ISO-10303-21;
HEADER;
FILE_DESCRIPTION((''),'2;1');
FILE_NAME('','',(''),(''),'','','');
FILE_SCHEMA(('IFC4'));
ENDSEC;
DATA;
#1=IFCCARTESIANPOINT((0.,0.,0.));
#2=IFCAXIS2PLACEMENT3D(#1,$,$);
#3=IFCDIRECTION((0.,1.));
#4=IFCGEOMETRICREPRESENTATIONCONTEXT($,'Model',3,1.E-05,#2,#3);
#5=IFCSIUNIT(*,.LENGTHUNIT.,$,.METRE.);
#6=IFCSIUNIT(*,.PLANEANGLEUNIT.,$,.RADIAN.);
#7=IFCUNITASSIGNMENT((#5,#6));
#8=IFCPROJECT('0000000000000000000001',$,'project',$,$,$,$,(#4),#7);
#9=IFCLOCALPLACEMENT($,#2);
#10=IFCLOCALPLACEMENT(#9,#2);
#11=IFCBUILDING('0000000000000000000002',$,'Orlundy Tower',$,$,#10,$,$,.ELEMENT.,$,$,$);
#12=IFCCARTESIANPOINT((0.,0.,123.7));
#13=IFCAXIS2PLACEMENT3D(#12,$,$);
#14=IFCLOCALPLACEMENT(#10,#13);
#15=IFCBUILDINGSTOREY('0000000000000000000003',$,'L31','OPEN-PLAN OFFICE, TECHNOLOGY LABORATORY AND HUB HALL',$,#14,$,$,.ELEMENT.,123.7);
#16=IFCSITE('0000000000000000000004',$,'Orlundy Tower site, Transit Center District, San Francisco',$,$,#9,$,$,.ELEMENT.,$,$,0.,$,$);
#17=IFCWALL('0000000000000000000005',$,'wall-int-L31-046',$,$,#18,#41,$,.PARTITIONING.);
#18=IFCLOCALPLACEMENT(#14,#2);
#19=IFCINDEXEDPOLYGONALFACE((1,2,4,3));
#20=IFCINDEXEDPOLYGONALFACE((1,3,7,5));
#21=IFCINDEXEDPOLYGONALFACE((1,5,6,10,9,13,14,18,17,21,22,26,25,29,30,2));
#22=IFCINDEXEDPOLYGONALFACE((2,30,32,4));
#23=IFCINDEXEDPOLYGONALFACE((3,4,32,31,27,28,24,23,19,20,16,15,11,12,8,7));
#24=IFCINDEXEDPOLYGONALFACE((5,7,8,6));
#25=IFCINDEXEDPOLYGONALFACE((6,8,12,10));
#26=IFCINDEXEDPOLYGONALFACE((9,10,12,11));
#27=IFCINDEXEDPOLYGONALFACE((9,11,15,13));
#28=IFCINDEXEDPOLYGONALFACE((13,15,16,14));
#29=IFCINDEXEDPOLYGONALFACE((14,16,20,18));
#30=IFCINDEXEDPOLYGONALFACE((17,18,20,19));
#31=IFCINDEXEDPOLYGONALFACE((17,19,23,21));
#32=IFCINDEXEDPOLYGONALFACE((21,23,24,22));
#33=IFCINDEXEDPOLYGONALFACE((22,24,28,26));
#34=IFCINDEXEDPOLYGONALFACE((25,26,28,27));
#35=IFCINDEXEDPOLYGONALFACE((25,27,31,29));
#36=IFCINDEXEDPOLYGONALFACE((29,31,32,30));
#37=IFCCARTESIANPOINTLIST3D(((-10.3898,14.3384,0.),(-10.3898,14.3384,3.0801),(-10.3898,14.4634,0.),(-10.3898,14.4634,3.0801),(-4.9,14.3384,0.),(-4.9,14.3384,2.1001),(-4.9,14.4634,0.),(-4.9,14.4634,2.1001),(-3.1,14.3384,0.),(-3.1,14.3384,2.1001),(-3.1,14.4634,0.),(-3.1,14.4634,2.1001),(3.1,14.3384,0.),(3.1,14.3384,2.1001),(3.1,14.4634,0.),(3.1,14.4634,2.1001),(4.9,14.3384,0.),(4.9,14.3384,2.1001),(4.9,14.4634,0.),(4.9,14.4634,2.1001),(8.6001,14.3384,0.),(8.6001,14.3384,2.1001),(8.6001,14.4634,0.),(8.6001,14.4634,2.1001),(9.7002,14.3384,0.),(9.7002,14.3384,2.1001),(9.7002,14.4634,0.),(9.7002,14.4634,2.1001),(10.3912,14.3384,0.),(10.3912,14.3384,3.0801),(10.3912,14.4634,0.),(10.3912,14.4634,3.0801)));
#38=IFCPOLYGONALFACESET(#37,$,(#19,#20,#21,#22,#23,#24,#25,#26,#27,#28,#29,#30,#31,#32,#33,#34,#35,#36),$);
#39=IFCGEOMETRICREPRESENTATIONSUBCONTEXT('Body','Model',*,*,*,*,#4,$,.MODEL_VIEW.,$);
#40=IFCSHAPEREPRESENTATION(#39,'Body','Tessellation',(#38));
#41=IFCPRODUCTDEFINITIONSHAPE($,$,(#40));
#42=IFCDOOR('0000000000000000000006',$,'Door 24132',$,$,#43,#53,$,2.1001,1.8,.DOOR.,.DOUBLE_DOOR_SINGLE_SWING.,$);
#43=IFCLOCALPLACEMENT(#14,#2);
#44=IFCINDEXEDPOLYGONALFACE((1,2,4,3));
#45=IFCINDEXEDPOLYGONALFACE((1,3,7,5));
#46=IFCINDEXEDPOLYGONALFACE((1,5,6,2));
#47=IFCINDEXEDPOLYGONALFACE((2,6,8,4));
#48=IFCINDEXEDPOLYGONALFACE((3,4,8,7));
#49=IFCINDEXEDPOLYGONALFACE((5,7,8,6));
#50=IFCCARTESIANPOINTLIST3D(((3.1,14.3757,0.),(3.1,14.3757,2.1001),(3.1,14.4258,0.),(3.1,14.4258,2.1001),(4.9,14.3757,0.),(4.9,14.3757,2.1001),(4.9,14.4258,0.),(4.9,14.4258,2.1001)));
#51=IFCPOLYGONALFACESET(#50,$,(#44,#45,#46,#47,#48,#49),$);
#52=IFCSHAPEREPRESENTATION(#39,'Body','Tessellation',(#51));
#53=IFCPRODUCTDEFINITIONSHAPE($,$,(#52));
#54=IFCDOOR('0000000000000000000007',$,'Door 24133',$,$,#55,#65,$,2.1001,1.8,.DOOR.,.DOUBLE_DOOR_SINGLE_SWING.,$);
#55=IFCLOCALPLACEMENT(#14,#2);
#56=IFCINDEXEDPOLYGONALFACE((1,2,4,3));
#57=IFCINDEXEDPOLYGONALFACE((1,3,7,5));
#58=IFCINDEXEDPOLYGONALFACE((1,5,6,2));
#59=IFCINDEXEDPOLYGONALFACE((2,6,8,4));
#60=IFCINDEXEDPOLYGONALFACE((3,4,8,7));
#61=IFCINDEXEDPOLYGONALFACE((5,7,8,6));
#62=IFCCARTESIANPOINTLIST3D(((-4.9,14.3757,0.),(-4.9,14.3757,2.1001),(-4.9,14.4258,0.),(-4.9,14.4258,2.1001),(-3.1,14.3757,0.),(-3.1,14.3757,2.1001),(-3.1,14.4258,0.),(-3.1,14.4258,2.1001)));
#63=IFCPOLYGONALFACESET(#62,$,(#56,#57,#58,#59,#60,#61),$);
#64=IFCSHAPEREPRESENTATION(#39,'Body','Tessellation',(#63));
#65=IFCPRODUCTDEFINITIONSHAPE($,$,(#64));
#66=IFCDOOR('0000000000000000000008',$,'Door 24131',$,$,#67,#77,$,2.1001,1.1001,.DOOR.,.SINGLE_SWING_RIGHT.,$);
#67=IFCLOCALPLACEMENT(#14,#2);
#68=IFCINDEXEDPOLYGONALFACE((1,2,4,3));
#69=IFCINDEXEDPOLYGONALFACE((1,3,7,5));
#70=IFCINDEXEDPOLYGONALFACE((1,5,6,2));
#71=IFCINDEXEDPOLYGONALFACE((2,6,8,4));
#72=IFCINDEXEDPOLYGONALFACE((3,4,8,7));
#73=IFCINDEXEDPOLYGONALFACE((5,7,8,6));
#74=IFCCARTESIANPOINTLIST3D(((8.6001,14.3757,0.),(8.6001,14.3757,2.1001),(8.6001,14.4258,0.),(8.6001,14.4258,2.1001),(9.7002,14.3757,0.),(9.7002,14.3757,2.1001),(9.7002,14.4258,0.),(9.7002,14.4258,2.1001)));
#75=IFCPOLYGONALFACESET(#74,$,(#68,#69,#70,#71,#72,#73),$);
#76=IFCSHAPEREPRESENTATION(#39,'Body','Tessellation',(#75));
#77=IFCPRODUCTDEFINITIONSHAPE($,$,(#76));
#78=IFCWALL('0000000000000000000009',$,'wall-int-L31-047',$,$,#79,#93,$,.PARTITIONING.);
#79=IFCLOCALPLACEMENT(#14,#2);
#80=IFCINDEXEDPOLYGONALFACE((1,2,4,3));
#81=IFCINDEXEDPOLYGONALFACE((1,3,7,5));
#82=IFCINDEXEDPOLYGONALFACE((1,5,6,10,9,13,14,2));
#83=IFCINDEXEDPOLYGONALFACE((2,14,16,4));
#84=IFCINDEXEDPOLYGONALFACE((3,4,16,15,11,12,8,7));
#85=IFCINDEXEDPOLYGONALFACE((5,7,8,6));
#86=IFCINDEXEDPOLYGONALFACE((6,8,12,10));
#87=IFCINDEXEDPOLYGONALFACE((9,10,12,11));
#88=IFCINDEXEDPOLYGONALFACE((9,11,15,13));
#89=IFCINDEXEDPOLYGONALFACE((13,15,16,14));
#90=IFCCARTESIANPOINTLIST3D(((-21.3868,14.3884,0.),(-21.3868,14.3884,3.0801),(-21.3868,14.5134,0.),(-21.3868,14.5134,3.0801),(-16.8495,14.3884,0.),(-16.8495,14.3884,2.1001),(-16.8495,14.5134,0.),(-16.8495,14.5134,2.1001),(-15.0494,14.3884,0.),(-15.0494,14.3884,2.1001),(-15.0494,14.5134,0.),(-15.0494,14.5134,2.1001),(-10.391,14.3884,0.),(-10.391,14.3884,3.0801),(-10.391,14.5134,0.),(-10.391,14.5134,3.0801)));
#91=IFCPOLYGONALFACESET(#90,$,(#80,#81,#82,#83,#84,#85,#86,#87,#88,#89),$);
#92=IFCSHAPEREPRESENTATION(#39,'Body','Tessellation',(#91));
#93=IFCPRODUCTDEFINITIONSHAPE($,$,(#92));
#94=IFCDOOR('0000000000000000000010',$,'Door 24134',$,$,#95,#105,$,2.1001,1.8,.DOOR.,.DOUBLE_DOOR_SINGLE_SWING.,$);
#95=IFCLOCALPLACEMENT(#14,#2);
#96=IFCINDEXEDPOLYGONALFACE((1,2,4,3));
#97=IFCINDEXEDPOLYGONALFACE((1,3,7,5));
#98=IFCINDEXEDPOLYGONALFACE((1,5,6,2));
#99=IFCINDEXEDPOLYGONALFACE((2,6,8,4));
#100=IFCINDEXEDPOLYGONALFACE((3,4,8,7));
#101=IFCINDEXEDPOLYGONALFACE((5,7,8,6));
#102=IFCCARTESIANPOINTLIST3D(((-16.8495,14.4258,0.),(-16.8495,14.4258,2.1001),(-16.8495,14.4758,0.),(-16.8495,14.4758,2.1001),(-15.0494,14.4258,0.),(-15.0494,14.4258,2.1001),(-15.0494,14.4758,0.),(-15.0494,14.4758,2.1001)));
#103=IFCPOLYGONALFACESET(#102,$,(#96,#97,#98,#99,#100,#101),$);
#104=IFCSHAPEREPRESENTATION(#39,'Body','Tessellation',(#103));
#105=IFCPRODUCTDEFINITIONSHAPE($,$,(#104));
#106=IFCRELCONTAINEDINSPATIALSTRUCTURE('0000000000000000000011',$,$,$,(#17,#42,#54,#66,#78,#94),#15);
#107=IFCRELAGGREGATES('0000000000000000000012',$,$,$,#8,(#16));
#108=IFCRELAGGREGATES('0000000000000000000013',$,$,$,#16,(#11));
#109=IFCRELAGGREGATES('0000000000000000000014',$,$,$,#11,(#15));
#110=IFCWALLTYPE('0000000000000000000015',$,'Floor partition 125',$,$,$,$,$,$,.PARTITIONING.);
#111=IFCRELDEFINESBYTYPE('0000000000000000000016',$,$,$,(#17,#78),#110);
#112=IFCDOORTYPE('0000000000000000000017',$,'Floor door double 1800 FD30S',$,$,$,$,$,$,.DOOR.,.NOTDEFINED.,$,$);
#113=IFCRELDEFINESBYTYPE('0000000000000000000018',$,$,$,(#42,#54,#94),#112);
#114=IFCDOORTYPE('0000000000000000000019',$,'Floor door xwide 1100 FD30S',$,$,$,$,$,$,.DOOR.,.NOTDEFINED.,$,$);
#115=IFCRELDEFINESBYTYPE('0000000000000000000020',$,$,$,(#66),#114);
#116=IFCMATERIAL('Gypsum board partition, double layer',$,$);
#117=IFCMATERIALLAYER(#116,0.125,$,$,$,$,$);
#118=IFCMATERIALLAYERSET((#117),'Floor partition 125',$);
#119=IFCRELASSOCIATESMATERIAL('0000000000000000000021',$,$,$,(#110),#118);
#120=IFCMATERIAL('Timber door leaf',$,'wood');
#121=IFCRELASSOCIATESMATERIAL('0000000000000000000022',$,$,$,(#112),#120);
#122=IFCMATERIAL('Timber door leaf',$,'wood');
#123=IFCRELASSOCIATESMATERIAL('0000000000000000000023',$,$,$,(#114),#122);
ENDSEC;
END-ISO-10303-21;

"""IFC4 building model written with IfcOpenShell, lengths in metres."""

from ifc_helpers import new_model, si_unit, direction, frame, frame_2d, origin, place, context, subcontext, project, spatial, rectangle, extrude, material, layer, layer_set, type_object, element, fill, save


model = new_model("IFC4")

# Units and contexts
model_context = context("Model", 3, precision=1e-05, world=origin(), true_north=direction((0.0, 1.0)))
body_context = subcontext(model_context, "Body", "Model", "MODEL_VIEW")
ifc_project = project(units=[si_unit("LENGTHUNIT", "METRE"), si_unit("PLANEANGLEUNIT", "RADIAN")], contexts=[model_context])

# Site, building, storey
site_placement = place(None, origin())
site = spatial("IfcSite", under=ifc_project, at=site_placement, Name="Orlundy Tower site, Transit Center District, San Francisco", CompositionType="ELEMENT", RefElevation=0.0)
building_placement = place(site_placement, origin())
building = spatial("IfcBuilding", under=site, at=building_placement, Name="Orlundy Tower", CompositionType="ELEMENT")
storey_placement = place(building_placement, frame((0.0, 0.0, 123.7)))
storey = spatial("IfcBuildingStorey", under=building, at=storey_placement, Name="L31", Description="OPEN-PLAN OFFICE, TECHNOLOGY LABORATORY AND HUB HALL", CompositionType="ELEMENT", Elevation=123.7)

# Wall, openings, doors
ifc_material_1 = material(Name="Gypsum board partition, double layer")
ifc_layer_1 = layer(ifc_material_1, 0.125)
ifc_layer_set_1 = layer_set([ifc_layer_1], Name="Floor partition 125")
wall_type_1 = type_object("IfcWallType", Name="Floor partition 125", PredefinedType="PARTITIONING", material=ifc_layer_set_1)
wall_1_placement = place(storey_placement, frame((-10.3899, 14.4009, 0.0), z_axis=(0.0, 0.0, 1.0), x_axis=(1.0, 0.0, 0.0)))
wall_1 = element("IfcWall", 1, at=wall_1_placement, inside=storey, type_object=wall_type_1, Name="wall-int-L31-046", PredefinedType="PARTITIONING", context=body_context, shape_type="SweptSolid", body=[
    extrude(rectangle(XDim=20.781, YDim=0.125, at=frame_2d((10.3906, 0.0))), origin(), (0.0, 0.0, 1.0), 3.0801),
])
opening_1_placement = place(wall_1_placement, frame((18.99, 0.0, 0.0)))
opening_1 = element("IfcOpeningElement", 2, at=opening_1_placement, cuts=wall_1, PredefinedType="OPENING", context=body_context, shape_type="SweptSolid", body=[
    extrude(rectangle(XDim=1.1001, YDim=2.1001, at=frame_2d((0.55, 1.05))), frame((0.0, 0.0725, 0.0), z_axis=(0.0, -1.0, 0.0), x_axis=(1.0, 0.0, 0.0)), (0.0, 0.0, 1.0), 0.145),
])
opening_2_placement = place(wall_1_placement, frame((13.49, 0.0, 0.0)))
opening_2 = element("IfcOpeningElement", 3, at=opening_2_placement, cuts=wall_1, PredefinedType="OPENING", context=body_context, shape_type="SweptSolid", body=[
    extrude(rectangle(XDim=1.8, YDim=2.1001, at=frame_2d((0.8999, 1.05))), frame((0.0, 0.0725, 0.0), z_axis=(0.0, -1.0, 0.0), x_axis=(1.0, 0.0, 0.0)), (0.0, 0.0, 1.0), 0.145),
])
opening_3_placement = place(wall_1_placement, frame((5.49, 0.0, 0.0)))
opening_3 = element("IfcOpeningElement", 4, at=opening_3_placement, cuts=wall_1, PredefinedType="OPENING", context=body_context, shape_type="SweptSolid", body=[
    extrude(rectangle(XDim=1.8, YDim=2.1001, at=frame_2d((0.8999, 1.05))), frame((0.0, 0.0725, 0.0), z_axis=(0.0, -1.0, 0.0), x_axis=(1.0, 0.0, 0.0)), (0.0, 0.0, 1.0), 0.145),
])
ifc_material_2 = material(Name="Timber door leaf", Category="wood")
door_type_1 = type_object("IfcDoorType", Name="Floor door double 1800 FD30S", OperationType="NOTDEFINED", PredefinedType="DOOR", material=ifc_material_2)
door_1_placement = place(opening_2_placement, origin())
door_1 = element("IfcDoor", 5, at=door_1_placement, inside=storey, type_object=door_type_1, Name="Door 24132", OperationType="DOUBLE_DOOR_SINGLE_SWING", OverallHeight=2.1001, OverallWidth=1.8, PredefinedType="DOOR", context=body_context, shape_type="SweptSolid", body=[
    extrude(rectangle(XDim=1.8, YDim=2.1001, at=frame_2d((0.8999, 1.05))), frame((0.0, 0.0249, 0.0), z_axis=(0.0, -1.0, 0.0), x_axis=(1.0, 0.0, 0.0)), (0.0, 0.0, 1.0), 0.05),
])
fill(opening_2, door_1)
door_2_placement = place(opening_3_placement, origin())
door_2 = element("IfcDoor", 6, at=door_2_placement, inside=storey, type_object=door_type_1, Name="Door 24133", OperationType="DOUBLE_DOOR_SINGLE_SWING", OverallHeight=2.1001, OverallWidth=1.8, PredefinedType="DOOR", context=body_context, shape_type="SweptSolid", body=[
    extrude(rectangle(XDim=1.8, YDim=2.1001, at=frame_2d((0.8999, 1.05))), frame((0.0, 0.0249, 0.0), z_axis=(0.0, -1.0, 0.0), x_axis=(1.0, 0.0, 0.0)), (0.0, 0.0, 1.0), 0.05),
])
fill(opening_3, door_2)
ifc_material_3 = material(Name="Timber door leaf", Category="wood")
door_type_2 = type_object("IfcDoorType", Name="Floor door xwide 1100 FD30S", OperationType="NOTDEFINED", PredefinedType="DOOR", material=ifc_material_3)
door_3_placement = place(opening_1_placement, origin())
door_3 = element("IfcDoor", 7, at=door_3_placement, inside=storey, type_object=door_type_2, Name="Door 24131", OperationType="SINGLE_SWING_RIGHT", OverallHeight=2.1001, OverallWidth=1.1001, PredefinedType="DOOR", context=body_context, shape_type="SweptSolid", body=[
    extrude(rectangle(XDim=1.1001, YDim=2.1001, at=frame_2d((0.55, 1.05))), frame((0.0, 0.0249, 0.0), z_axis=(0.0, -1.0, 0.0), x_axis=(1.0, 0.0, 0.0)), (0.0, 0.0, 1.0), 0.05),
])
fill(opening_1, door_3)

# Wall, opening, door
wall_2_placement = place(storey_placement, frame((-21.387, 14.4509, 0.0), z_axis=(0.0, 0.0, 1.0), x_axis=(1.0, 0.0, 0.0)))
wall_2 = element("IfcWall", 8, at=wall_2_placement, inside=storey, type_object=wall_type_1, Name="wall-int-L31-047", PredefinedType="PARTITIONING", context=body_context, shape_type="SweptSolid", body=[
    extrude(rectangle(XDim=10.9958, YDim=0.125, at=frame_2d((5.498, 0.0))), origin(), (0.0, 0.0, 1.0), 3.0801),
])
opening_4_placement = place(wall_2_placement, frame((4.5376, 0.0, 0.0)))
opening_4 = element("IfcOpeningElement", 9, at=opening_4_placement, cuts=wall_2, PredefinedType="OPENING", context=body_context, shape_type="SweptSolid", body=[
    extrude(rectangle(XDim=1.8, YDim=2.1001, at=frame_2d((0.8999, 1.05))), frame((0.0, 0.0725, 0.0), z_axis=(0.0, -1.0, 0.0), x_axis=(1.0, 0.0, 0.0)), (0.0, 0.0, 1.0), 0.145),
])
door_4_placement = place(opening_4_placement, origin())
door_4 = element("IfcDoor", 10, at=door_4_placement, inside=storey, type_object=door_type_1, Name="Door 24134", OperationType="DOUBLE_DOOR_SINGLE_SWING", OverallHeight=2.1001, OverallWidth=1.8, PredefinedType="DOOR", context=body_context, shape_type="SweptSolid", body=[
    extrude(rectangle(XDim=1.8, YDim=2.1001, at=frame_2d((0.8999, 1.05))), frame((0.0, 0.0249, 0.0), z_axis=(0.0, -1.0, 0.0), x_axis=(1.0, 0.0, 0.0)), (0.0, 0.0, 1.0), 0.05),
])
fill(opening_4, door_4)

save(model, "model.ifc")
